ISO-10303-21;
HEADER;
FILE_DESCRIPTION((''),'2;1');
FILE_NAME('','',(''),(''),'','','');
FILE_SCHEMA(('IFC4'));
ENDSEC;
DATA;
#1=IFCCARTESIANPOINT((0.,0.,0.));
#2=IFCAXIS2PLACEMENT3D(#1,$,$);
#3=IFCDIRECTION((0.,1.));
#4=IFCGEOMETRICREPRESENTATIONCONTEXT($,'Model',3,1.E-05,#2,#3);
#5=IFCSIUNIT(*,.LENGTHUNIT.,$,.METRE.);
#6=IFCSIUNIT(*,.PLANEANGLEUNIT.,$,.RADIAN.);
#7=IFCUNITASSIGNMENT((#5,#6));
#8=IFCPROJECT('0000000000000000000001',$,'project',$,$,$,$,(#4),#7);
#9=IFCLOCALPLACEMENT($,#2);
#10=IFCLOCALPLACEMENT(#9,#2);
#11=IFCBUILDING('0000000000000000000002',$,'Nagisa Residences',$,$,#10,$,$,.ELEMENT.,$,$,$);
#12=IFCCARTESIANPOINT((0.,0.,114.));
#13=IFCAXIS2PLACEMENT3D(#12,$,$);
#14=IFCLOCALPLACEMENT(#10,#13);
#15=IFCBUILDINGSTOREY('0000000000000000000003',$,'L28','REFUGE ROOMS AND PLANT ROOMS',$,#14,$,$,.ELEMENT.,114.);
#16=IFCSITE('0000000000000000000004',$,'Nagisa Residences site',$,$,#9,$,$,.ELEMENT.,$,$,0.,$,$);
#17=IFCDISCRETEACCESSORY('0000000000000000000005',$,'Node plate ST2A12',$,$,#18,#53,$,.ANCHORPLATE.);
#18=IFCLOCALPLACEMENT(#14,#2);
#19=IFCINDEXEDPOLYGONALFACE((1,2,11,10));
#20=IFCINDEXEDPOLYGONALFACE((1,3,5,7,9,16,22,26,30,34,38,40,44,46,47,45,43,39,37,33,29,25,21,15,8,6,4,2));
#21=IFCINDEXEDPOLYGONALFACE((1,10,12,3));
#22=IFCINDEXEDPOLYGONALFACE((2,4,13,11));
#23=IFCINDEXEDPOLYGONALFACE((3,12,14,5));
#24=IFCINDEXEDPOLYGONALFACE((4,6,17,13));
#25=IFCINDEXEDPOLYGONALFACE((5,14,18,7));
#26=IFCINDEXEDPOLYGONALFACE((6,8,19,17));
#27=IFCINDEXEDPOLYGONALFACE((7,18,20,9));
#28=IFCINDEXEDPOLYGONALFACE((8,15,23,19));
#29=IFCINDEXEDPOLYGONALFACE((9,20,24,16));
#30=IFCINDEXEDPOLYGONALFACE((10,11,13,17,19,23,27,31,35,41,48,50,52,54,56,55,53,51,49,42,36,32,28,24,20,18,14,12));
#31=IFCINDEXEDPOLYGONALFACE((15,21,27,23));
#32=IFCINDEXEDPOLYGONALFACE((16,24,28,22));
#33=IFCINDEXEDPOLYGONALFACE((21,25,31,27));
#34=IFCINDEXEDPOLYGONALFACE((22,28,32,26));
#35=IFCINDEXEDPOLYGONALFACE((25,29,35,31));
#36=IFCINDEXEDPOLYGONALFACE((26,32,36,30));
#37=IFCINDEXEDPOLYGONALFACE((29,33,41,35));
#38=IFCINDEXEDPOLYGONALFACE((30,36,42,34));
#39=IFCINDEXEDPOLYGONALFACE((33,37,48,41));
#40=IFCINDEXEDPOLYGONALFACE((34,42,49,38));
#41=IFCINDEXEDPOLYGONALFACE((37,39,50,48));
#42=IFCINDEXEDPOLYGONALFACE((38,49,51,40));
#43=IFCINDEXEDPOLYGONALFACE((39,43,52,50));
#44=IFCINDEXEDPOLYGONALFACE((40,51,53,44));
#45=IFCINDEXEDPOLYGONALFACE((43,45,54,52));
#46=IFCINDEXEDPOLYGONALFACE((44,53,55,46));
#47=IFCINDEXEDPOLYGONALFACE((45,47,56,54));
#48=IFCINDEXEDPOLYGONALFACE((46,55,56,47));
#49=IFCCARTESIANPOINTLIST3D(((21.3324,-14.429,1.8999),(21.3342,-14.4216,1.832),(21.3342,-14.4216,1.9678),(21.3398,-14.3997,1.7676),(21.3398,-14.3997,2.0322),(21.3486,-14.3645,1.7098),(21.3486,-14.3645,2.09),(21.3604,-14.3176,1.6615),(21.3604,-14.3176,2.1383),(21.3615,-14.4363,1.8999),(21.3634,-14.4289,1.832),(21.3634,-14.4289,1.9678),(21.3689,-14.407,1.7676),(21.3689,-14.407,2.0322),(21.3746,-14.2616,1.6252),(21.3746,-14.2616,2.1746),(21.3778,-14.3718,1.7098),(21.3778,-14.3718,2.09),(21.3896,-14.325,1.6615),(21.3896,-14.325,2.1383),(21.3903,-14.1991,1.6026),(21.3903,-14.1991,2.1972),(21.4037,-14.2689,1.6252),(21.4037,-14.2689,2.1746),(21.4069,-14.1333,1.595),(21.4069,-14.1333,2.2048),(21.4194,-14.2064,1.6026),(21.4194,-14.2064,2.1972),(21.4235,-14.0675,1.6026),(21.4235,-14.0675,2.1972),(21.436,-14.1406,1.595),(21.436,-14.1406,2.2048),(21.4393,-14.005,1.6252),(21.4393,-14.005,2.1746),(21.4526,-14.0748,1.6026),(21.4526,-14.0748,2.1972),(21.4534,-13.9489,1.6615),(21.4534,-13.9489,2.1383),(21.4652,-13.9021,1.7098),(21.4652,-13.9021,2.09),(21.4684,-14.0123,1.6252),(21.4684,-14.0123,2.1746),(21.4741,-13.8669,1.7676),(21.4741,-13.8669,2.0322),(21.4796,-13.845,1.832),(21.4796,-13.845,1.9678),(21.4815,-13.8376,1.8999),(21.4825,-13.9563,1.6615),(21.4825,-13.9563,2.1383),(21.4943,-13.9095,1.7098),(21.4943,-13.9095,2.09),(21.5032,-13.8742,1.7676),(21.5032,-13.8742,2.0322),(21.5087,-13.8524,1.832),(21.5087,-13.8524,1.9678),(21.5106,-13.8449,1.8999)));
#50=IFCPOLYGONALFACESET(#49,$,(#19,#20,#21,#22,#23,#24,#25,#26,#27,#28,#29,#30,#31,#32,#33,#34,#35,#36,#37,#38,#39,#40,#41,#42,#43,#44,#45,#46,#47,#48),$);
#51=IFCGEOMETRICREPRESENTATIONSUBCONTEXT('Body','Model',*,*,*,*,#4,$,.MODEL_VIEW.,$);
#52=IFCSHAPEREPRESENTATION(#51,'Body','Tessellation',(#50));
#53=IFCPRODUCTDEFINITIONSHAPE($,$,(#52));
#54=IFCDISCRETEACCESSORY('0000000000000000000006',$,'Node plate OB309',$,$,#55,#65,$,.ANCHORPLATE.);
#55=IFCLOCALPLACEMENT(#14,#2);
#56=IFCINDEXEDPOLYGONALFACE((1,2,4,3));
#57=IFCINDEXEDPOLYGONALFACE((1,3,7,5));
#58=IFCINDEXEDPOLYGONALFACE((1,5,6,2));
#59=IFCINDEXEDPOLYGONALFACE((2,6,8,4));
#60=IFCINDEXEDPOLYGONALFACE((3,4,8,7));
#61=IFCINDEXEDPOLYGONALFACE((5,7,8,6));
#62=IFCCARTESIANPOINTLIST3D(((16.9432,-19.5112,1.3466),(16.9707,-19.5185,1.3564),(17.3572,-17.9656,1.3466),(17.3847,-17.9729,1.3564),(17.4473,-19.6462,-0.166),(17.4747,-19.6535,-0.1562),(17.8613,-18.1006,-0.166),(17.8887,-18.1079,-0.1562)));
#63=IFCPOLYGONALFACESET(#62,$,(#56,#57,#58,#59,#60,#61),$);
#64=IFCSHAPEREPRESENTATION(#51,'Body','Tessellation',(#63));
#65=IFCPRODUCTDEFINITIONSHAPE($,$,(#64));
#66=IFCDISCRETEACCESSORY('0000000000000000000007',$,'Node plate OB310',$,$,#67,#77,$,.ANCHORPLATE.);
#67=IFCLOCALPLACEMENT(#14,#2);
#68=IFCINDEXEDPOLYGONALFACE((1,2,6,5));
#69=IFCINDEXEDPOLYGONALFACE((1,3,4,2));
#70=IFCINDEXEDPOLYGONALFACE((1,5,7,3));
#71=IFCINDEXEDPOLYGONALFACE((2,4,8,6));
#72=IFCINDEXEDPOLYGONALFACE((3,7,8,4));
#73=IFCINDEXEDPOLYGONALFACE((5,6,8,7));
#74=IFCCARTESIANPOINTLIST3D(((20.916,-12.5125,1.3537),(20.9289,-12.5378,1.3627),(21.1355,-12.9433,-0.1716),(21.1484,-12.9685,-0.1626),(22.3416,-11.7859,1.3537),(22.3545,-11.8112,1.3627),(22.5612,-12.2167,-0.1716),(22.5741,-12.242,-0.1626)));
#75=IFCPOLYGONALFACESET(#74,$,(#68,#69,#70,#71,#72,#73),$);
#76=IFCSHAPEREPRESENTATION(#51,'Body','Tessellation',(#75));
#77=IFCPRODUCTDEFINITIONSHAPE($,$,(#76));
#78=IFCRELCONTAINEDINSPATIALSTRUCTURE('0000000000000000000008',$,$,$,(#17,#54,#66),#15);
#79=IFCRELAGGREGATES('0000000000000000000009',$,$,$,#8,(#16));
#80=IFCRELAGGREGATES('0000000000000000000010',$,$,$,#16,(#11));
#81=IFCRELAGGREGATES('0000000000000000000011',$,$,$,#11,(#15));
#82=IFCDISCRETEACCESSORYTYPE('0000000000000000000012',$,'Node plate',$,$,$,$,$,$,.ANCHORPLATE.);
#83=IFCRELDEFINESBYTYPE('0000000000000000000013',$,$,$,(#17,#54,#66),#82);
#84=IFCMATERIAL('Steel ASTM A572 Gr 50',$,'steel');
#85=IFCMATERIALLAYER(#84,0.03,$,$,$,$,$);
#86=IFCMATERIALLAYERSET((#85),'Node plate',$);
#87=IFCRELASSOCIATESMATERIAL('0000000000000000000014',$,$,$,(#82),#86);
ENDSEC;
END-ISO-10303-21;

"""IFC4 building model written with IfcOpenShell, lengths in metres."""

from ifc_helpers import new_model, si_unit, direction, frame, origin, origin_2d, place, context, subcontext, project, spatial, rectangle, circle, extrude, material, layer, layer_set, type_object, element, save


model = new_model("IFC4")

# Units and contexts
model_context = context("Model", 3, precision=1e-05, world=origin(), true_north=direction((0.0, 1.0)))
body_context = subcontext(model_context, "Body", "Model", "MODEL_VIEW")
ifc_project = project(units=[si_unit("LENGTHUNIT", "METRE"), si_unit("PLANEANGLEUNIT", "RADIAN")], contexts=[model_context])

# Site, building, storey
site_placement = place(None, origin())
site = spatial("IfcSite", under=ifc_project, at=site_placement, Name="Nagisa Residences site", CompositionType="ELEMENT", RefElevation=0.0)
building_placement = place(site_placement, origin())
building = spatial("IfcBuilding", under=site, at=building_placement, Name="Nagisa Residences", CompositionType="ELEMENT")
storey_placement = place(building_placement, frame((0.0, 0.0, 114.0)))
storey = spatial("IfcBuildingStorey", under=building, at=storey_placement, Name="L28", Description="REFUGE ROOMS AND PLANT ROOMS", CompositionType="ELEMENT", Elevation=114.0)

# Discrete accessories
ifc_material_1 = material(Name="Steel ASTM A572 Gr 50", Category="steel")
ifc_layer_1 = layer(ifc_material_1, 0.03)
ifc_layer_set_1 = layer_set([ifc_layer_1], Name="Node plate")
discrete_accessory_type = type_object("IfcDiscreteAccessoryType", Name="Node plate", PredefinedType="ANCHORPLATE", material=ifc_layer_set_1)
discrete_accessory_1_placement = place(storey_placement, frame((21.436, -14.1406, 1.8999), z_axis=(-0.969661, 0.244452, 0.0), x_axis=(-0.244452, -0.969661, 0.0)))
element("IfcDiscreteAccessory", 1, at=discrete_accessory_1_placement, inside=storey, type_object=discrete_accessory_type, Name="Node plate ST2A12", PredefinedType="ANCHORPLATE", context=body_context, shape_type="SweptSolid", body=[
    extrude(circle(Radius=0.3049, at=origin_2d()), origin(), (0.0, 0.0, 1.0), 0.03),
])
discrete_accessory_2_placement = place(storey_placement, frame((17.4297, -18.8132, 0.6001), z_axis=(-0.913138, 0.244591, -0.326121), x_axis=(-0.258736, -0.965948, 0.0)))
element("IfcDiscreteAccessory", 2, at=discrete_accessory_2_placement, inside=storey, type_object=discrete_accessory_type, Name="Node plate OB309", PredefinedType="ANCHORPLATE", context=body_context, shape_type="SweptSolid", body=[
    extrude(rectangle(XDim=1.6001, YDim=1.6001, at=origin_2d()), origin(), (0.0, 0.0, 1.0), 0.03),
])
discrete_accessory_3_placement = place(storey_placement, frame((21.7515, -12.3899, 0.6001), z_axis=(-0.43283, 0.849326, -0.302164), x_axis=(-0.890974, -0.454054, 0.0)))
element("IfcDiscreteAccessory", 3, at=discrete_accessory_3_placement, inside=storey, type_object=discrete_accessory_type, Name="Node plate OB310", PredefinedType="ANCHORPLATE", context=body_context, shape_type="SweptSolid", body=[
    extrude(rectangle(XDim=1.6001, YDim=1.6001, at=origin_2d()), origin(), (0.0, 0.0, 1.0), 0.0298),
])

save(model, "model.ifc")
